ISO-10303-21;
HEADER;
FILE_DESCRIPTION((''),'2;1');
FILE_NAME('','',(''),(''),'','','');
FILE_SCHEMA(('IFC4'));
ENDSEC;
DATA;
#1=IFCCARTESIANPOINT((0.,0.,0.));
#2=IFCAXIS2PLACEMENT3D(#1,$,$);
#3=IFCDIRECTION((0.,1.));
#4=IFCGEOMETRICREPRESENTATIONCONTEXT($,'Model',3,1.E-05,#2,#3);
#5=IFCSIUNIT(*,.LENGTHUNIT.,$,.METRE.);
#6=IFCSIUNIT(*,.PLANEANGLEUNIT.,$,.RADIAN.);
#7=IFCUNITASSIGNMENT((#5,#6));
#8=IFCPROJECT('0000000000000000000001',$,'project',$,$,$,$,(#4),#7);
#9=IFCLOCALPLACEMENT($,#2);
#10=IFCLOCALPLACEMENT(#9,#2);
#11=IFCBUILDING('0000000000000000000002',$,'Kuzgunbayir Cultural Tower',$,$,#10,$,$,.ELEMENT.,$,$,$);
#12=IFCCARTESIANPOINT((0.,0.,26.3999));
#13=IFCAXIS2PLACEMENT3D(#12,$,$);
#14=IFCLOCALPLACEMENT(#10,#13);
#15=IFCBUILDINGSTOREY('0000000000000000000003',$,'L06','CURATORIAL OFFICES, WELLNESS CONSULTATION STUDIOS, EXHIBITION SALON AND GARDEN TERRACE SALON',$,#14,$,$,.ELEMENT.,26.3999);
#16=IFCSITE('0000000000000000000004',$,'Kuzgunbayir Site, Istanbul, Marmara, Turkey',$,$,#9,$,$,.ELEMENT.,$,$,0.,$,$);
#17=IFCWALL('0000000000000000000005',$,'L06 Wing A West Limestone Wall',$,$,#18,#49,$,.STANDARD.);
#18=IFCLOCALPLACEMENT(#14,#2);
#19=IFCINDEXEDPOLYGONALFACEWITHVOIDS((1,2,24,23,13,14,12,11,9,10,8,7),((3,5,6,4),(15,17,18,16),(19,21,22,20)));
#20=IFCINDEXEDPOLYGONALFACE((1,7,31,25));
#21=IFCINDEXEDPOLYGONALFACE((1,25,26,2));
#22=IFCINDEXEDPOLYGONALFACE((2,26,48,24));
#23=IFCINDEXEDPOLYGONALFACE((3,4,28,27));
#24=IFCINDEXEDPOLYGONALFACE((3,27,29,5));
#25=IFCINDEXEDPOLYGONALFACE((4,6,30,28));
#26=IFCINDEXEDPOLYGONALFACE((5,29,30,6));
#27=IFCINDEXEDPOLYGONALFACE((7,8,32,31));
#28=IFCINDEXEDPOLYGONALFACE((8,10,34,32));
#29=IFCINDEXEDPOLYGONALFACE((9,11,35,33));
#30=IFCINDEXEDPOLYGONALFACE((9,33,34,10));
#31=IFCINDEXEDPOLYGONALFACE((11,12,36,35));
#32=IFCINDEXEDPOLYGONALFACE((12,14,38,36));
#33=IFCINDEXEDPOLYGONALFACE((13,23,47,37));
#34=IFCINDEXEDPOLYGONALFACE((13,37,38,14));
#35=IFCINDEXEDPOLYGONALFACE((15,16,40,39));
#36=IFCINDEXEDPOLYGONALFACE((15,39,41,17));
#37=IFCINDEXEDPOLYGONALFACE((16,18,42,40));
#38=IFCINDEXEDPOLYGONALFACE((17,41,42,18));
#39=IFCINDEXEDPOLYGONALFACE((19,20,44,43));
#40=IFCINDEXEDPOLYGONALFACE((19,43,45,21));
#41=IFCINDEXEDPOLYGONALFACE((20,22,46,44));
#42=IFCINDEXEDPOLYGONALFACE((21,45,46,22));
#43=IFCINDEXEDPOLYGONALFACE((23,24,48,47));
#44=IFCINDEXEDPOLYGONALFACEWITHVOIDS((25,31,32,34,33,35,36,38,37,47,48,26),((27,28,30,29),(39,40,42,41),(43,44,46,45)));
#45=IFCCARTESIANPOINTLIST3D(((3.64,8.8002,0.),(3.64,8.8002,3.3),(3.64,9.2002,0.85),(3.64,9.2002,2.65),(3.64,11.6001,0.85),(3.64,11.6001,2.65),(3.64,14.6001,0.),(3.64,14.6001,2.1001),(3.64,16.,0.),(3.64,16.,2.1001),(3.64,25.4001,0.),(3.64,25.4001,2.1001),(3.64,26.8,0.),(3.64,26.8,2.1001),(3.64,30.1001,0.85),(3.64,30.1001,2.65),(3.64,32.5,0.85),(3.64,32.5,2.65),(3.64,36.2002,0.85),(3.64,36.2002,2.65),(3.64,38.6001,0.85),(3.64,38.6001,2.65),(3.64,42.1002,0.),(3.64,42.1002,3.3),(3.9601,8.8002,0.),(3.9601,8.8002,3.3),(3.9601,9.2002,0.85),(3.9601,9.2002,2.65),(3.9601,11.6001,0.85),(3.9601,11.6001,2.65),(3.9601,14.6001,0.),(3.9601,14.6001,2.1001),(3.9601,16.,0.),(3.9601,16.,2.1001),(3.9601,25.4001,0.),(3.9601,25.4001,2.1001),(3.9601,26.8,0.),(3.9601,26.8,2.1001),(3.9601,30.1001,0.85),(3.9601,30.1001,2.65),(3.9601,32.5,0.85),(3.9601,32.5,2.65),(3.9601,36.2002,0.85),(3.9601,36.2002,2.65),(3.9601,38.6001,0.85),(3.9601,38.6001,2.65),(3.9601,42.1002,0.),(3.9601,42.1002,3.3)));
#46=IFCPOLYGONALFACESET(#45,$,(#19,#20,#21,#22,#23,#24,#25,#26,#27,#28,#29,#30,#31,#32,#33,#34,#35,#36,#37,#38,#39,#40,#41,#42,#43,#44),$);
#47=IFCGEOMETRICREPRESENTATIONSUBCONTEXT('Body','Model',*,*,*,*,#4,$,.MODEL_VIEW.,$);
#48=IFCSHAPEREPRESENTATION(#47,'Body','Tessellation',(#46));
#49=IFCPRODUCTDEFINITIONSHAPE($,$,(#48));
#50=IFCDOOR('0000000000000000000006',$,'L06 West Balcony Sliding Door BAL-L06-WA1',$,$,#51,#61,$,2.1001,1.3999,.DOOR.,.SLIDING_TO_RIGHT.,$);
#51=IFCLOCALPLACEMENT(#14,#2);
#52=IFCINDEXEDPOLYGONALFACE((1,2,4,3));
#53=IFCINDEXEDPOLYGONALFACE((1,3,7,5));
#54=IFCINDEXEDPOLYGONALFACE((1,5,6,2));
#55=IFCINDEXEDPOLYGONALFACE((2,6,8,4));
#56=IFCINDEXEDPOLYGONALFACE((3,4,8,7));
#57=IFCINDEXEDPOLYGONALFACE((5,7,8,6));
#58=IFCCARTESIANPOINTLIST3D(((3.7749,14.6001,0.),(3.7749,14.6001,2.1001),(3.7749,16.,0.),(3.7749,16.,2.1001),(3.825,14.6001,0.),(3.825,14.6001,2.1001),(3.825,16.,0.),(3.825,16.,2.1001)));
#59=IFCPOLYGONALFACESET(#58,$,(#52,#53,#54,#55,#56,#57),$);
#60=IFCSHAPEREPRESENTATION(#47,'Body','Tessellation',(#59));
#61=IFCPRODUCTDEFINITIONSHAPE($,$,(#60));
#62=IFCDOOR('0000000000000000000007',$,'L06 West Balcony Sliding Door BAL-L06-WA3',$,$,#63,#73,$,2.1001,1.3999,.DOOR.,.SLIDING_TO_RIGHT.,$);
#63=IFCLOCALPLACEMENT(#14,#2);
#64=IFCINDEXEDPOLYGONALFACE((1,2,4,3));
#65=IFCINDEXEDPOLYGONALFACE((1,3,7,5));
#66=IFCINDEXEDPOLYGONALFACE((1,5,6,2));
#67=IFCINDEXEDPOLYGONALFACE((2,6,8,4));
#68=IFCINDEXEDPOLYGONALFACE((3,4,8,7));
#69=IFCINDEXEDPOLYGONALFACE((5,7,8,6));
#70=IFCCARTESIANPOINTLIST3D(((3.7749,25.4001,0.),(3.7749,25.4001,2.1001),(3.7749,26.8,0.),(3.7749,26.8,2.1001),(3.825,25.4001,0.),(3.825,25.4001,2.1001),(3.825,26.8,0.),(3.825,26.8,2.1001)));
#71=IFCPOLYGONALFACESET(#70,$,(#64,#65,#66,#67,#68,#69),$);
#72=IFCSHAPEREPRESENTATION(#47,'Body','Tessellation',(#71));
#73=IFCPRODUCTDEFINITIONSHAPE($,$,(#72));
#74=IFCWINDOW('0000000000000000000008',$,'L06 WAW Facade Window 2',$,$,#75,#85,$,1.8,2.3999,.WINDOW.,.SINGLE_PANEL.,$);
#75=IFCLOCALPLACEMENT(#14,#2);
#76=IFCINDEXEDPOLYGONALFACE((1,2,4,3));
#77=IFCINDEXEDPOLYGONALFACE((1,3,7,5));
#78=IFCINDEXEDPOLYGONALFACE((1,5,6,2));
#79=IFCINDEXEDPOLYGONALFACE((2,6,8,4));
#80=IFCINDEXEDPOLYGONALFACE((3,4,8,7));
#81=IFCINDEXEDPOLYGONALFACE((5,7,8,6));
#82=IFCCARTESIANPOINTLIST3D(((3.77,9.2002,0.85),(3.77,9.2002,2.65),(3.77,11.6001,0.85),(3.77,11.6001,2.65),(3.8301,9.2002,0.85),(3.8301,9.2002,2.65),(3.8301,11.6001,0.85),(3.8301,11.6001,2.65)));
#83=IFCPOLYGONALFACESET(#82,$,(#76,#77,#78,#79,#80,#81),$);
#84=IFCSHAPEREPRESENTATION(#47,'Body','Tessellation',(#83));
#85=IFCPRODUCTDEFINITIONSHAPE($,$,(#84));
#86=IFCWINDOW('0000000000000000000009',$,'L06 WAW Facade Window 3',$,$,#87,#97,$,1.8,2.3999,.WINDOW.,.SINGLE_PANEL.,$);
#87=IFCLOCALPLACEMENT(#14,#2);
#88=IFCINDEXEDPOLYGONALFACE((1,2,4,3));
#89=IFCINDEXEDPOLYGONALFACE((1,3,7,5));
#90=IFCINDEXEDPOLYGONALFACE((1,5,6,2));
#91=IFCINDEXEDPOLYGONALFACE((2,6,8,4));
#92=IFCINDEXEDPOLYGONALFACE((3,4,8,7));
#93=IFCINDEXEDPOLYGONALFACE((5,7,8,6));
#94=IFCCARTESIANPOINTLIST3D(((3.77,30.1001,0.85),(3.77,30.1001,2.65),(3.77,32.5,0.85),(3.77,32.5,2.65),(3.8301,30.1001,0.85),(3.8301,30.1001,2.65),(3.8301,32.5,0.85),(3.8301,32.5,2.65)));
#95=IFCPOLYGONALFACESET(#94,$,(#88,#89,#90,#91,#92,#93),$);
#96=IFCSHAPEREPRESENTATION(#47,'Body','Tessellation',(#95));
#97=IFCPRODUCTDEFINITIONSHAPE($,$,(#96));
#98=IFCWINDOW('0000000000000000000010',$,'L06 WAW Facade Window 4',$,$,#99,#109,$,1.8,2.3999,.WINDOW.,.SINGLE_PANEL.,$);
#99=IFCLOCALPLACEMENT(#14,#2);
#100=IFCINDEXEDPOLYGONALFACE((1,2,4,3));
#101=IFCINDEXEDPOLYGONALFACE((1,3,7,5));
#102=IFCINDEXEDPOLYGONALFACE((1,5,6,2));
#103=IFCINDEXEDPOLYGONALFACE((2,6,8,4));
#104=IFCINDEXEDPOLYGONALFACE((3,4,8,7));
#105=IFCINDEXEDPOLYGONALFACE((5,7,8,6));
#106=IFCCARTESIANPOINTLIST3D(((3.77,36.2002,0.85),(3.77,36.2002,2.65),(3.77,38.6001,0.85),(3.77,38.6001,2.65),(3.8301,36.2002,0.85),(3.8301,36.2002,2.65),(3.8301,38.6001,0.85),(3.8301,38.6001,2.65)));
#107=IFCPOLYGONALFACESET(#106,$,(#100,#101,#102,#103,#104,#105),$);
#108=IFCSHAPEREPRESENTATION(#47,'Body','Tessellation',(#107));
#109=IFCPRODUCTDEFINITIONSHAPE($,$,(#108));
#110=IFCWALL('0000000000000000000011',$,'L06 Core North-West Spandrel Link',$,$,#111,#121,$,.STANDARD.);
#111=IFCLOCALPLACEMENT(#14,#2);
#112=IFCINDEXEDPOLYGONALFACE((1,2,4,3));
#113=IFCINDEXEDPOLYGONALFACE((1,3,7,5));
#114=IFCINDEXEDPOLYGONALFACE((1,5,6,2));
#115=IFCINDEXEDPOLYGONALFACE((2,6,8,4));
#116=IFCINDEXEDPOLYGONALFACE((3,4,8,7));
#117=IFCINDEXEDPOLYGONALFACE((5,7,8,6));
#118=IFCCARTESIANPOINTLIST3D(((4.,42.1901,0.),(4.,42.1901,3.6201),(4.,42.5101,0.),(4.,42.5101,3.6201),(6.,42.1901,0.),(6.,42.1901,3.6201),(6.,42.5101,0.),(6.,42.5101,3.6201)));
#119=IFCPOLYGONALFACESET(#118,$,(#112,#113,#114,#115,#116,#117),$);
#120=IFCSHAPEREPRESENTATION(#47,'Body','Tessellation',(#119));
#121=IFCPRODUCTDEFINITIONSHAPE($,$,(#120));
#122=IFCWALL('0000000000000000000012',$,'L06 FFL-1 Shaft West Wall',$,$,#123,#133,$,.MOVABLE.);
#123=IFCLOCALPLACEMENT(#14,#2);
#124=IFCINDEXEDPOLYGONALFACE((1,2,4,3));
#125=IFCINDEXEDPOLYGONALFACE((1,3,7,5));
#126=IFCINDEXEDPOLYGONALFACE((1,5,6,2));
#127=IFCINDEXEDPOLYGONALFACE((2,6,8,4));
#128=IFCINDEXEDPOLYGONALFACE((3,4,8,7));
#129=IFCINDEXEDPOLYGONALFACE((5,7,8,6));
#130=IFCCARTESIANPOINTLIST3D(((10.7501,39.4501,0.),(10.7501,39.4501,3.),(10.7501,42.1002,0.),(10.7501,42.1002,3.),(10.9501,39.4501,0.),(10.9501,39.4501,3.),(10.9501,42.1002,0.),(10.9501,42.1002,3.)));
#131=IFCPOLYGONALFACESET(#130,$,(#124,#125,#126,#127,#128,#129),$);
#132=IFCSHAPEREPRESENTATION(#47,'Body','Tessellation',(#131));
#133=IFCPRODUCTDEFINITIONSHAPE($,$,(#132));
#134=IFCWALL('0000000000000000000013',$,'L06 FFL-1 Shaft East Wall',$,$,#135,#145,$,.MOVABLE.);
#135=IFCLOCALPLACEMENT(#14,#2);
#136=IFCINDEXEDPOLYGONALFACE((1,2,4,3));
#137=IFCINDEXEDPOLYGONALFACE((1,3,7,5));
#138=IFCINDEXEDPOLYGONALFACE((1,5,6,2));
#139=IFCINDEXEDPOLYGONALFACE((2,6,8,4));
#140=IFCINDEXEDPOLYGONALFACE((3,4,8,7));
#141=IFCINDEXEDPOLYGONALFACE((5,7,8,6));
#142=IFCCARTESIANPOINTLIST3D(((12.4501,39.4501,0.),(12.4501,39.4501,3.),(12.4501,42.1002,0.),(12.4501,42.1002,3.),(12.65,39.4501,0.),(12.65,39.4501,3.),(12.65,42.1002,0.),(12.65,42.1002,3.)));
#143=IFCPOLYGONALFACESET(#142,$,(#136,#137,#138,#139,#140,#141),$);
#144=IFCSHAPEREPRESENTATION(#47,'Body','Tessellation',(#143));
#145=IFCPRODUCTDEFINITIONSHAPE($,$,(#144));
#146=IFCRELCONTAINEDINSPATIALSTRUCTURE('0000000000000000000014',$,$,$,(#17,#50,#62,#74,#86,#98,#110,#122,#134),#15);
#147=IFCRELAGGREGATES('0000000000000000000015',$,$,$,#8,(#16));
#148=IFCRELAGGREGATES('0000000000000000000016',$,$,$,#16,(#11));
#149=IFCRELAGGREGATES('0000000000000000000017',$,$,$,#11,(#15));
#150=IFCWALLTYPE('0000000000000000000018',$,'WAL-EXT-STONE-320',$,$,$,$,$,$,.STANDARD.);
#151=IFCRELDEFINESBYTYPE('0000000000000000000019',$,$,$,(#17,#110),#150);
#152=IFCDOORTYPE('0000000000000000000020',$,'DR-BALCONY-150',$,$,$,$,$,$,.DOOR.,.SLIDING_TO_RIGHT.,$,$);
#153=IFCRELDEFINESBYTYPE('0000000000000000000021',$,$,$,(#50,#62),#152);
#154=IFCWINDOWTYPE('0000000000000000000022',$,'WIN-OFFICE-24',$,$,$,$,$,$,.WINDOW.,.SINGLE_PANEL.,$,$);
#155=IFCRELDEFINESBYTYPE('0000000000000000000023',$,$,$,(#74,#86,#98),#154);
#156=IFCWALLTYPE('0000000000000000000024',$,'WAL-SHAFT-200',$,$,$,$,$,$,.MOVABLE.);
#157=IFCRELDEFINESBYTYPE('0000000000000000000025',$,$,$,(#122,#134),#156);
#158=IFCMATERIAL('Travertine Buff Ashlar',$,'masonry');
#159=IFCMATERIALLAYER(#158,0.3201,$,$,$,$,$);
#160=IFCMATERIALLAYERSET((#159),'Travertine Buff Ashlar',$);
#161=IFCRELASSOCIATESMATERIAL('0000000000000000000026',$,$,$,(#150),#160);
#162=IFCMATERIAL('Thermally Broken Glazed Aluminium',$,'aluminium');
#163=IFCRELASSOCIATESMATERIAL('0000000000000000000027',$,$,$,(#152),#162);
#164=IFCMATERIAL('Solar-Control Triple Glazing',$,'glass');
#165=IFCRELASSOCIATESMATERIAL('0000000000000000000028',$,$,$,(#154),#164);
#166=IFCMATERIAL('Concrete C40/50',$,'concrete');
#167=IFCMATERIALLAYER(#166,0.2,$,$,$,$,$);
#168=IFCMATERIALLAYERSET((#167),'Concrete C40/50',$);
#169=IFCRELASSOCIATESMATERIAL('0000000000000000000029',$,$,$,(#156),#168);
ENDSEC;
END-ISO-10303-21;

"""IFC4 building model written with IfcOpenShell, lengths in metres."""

from ifc_helpers import new_model, si_unit, direction, frame, frame_2d, origin, place, context, subcontext, project, spatial, rectangle, extrude, material, layer, layer_set, type_object, element, fill, save


model = new_model("IFC4")

# Units and contexts
model_context = context("Model", 3, precision=1e-05, world=origin(), true_north=direction((0.0, 1.0)))
body_context = subcontext(model_context, "Body", "Model", "MODEL_VIEW")
ifc_project = project(units=[si_unit("LENGTHUNIT", "METRE"), si_unit("PLANEANGLEUNIT", "RADIAN")], contexts=[model_context])

# Site, building, storey
site_placement = place(None, origin())
site = spatial("IfcSite", under=ifc_project, at=site_placement, Name="Kuzgunbayir Site, Istanbul, Marmara, Turkey", CompositionType="ELEMENT", RefElevation=0.0)
building_placement = place(site_placement, origin())
building = spatial("IfcBuilding", under=site, at=building_placement, Name="Kuzgunbayir Cultural Tower", CompositionType="ELEMENT")
storey_placement = place(building_placement, frame((0.0, 0.0, 26.3999)))
storey = spatial("IfcBuildingStorey", under=building, at=storey_placement, Name="L06", Description="CURATORIAL OFFICES, WELLNESS CONSULTATION STUDIOS, EXHIBITION SALON AND GARDEN TERRACE SALON", CompositionType="ELEMENT", Elevation=26.3999)

# Wall, openings, doors, windows
ifc_material_1 = material(Name="Travertine Buff Ashlar", Category="masonry")
ifc_layer_1 = layer(ifc_material_1, 0.3201)
ifc_layer_set_1 = layer_set([ifc_layer_1], Name="Travertine Buff Ashlar")
wall_type_1 = type_object("IfcWallType", Name="WAL-EXT-STONE-320", PredefinedType="STANDARD", material=ifc_layer_set_1)
wall_1_placement = place(storey_placement, frame((3.8, 42.1001, 0.0), z_axis=(0.0, 0.0, 1.0), x_axis=(0.0, -1.0, 0.0)))
wall_1 = element("IfcWall", 1, at=wall_1_placement, inside=storey, type_object=wall_type_1, Name="L06 Wing A West Limestone Wall", PredefinedType="STANDARD", context=body_context, shape_type="SweptSolid", body=[
    extrude(rectangle(XDim=33.3, YDim=0.3201, at=frame_2d((16.6499, 0.0))), origin(), (0.0, 0.0, 1.0), 3.3),
])
opening_1_placement = place(wall_1_placement, frame((26.1001, 0.0, 0.0)))
opening_1 = element("IfcOpeningElement", 2, at=opening_1_placement, cuts=wall_1, PredefinedType="OPENING", context=body_context, shape_type="SweptSolid", body=[
    extrude(rectangle(XDim=1.3999, YDim=2.1001, at=frame_2d((0.7, 1.05))), frame((0.0, 0.1699, 0.0), z_axis=(0.0, -1.0, 0.0), x_axis=(1.0, 0.0, 0.0)), (0.0, 0.0, 1.0), 0.3401),
])
opening_2_placement = place(wall_1_placement, frame((15.3, 0.0, 0.0)))
opening_2 = element("IfcOpeningElement", 3, at=opening_2_placement, cuts=wall_1, PredefinedType="OPENING", context=body_context, shape_type="SweptSolid", body=[
    extrude(rectangle(XDim=1.3999, YDim=2.1001, at=frame_2d((0.7, 1.05))), frame((0.0, 0.1699, 0.0), z_axis=(0.0, -1.0, 0.0), x_axis=(1.0, 0.0, 0.0)), (0.0, 0.0, 1.0), 0.3401),
])
opening_3_placement = place(wall_1_placement, frame((30.5, 0.0, 0.8501)))
opening_3 = element("IfcOpeningElement", 4, at=opening_3_placement, cuts=wall_1, PredefinedType="OPENING", context=body_context, shape_type="SweptSolid", body=[
    extrude(rectangle(XDim=2.3999, YDim=1.8, at=frame_2d((1.2, 0.8999))), frame((0.0, 0.1699, 0.0), z_axis=(0.0, -1.0, 0.0), x_axis=(1.0, 0.0, 0.0)), (0.0, 0.0, 1.0), 0.3401),
])
opening_4_placement = place(wall_1_placement, frame((9.6001, 0.0, 0.8501)))
opening_4 = element("IfcOpeningElement", 5, at=opening_4_placement, cuts=wall_1, PredefinedType="OPENING", context=body_context, shape_type="SweptSolid", body=[
    extrude(rectangle(XDim=2.3999, YDim=1.8, at=frame_2d((1.2, 0.8999))), frame((0.0, 0.1699, 0.0), z_axis=(0.0, -1.0, 0.0), x_axis=(1.0, 0.0, 0.0)), (0.0, 0.0, 1.0), 0.3401),
])
opening_5_placement = place(wall_1_placement, frame((3.5, 0.0, 0.8501)))
opening_5 = element("IfcOpeningElement", 6, at=opening_5_placement, cuts=wall_1, PredefinedType="OPENING", context=body_context, shape_type="SweptSolid", body=[
    extrude(rectangle(XDim=2.3999, YDim=1.8, at=frame_2d((1.2, 0.8999))), frame((0.0, 0.1699, 0.0), z_axis=(0.0, -1.0, 0.0), x_axis=(1.0, 0.0, 0.0)), (0.0, 0.0, 1.0), 0.3401),
])
ifc_material_2 = material(Name="Thermally Broken Glazed Aluminium", Category="aluminium")
door_type_1 = type_object("IfcDoorType", Name="DR-BALCONY-150", OperationType="SLIDING_TO_RIGHT", PredefinedType="DOOR", material=ifc_material_2)
door_1_placement = place(opening_1_placement, origin())
door_1 = element("IfcDoor", 7, at=door_1_placement, inside=storey, type_object=door_type_1, Name="L06 West Balcony Sliding Door BAL-L06-WA1", OperationType="SLIDING_TO_RIGHT", OverallHeight=2.1001, OverallWidth=1.3999, PredefinedType="DOOR", context=body_context, shape_type="SweptSolid", body=[
    extrude(rectangle(XDim=1.3999, YDim=2.1001, at=frame_2d((0.7, 1.05))), frame((0.0, 0.0249, 0.0), z_axis=(0.0, -1.0, 0.0), x_axis=(1.0, 0.0, 0.0)), (0.0, 0.0, 1.0), 0.05),
])
fill(opening_1, door_1)
door_2_placement = place(opening_2_placement, origin())
door_2 = element("IfcDoor", 8, at=door_2_placement, inside=storey, type_object=door_type_1, Name="L06 West Balcony Sliding Door BAL-L06-WA3", OperationType="SLIDING_TO_RIGHT", OverallHeight=2.1001, OverallWidth=1.3999, PredefinedType="DOOR", context=body_context, shape_type="SweptSolid", body=[
    extrude(rectangle(XDim=1.3999, YDim=2.1001, at=frame_2d((0.7, 1.05))), frame((0.0, 0.0249, 0.0), z_axis=(0.0, -1.0, 0.0), x_axis=(1.0, 0.0, 0.0)), (0.0, 0.0, 1.0), 0.05),
])
fill(opening_2, door_2)
ifc_material_3 = material(Name="Solar-Control Triple Glazing", Category="glass")
window_type = type_object("IfcWindowType", Name="WIN-OFFICE-24", PartitioningType="SINGLE_PANEL", PredefinedType="WINDOW", material=ifc_material_3)
window_1_placement = place(opening_3_placement, origin())
window_1 = element("IfcWindow", 9, at=window_1_placement, inside=storey, type_object=window_type, Name="L06 WAW Facade Window 2", OverallHeight=1.8, OverallWidth=2.3999, PartitioningType="SINGLE_PANEL", PredefinedType="WINDOW", context=body_context, shape_type="SweptSolid", body=[
    extrude(rectangle(XDim=2.3999, YDim=1.8, at=frame_2d((1.2, 0.8999))), frame((0.0, 0.03, 0.0), z_axis=(0.0, -1.0, 0.0), x_axis=(1.0, 0.0, 0.0)), (0.0, 0.0, 1.0), 0.0601),
])
fill(opening_3, window_1)
window_2_placement = place(opening_4_placement, origin())
window_2 = element("IfcWindow", 10, at=window_2_placement, inside=storey, type_object=window_type, Name="L06 WAW Facade Window 3", OverallHeight=1.8, OverallWidth=2.3999, PartitioningType="SINGLE_PANEL", PredefinedType="WINDOW", context=body_context, shape_type="SweptSolid", body=[
    extrude(rectangle(XDim=2.3999, YDim=1.8, at=frame_2d((1.2, 0.8999))), frame((0.0, 0.03, 0.0), z_axis=(0.0, -1.0, 0.0), x_axis=(1.0, 0.0, 0.0)), (0.0, 0.0, 1.0), 0.0601),
])
fill(opening_4, window_2)
window_3_placement = place(opening_5_placement, origin())
window_3 = element("IfcWindow", 11, at=window_3_placement, inside=storey, type_object=window_type, Name="L06 WAW Facade Window 4", OverallHeight=1.8, OverallWidth=2.3999, PartitioningType="SINGLE_PANEL", PredefinedType="WINDOW", context=body_context, shape_type="SweptSolid", body=[
    extrude(rectangle(XDim=2.3999, YDim=1.8, at=frame_2d((1.2, 0.8999))), frame((0.0, 0.03, 0.0), z_axis=(0.0, -1.0, 0.0), x_axis=(1.0, 0.0, 0.0)), (0.0, 0.0, 1.0), 0.0601),
])
fill(opening_5, window_3)

# Wall
wall_2_placement = place(storey_placement, frame((6.0, 42.3501, 0.0), z_axis=(0.0, 0.0, 1.0), x_axis=(-1.0, 0.0, 0.0)))
element("IfcWall", 12, at=wall_2_placement, inside=storey, type_object=wall_type_1, Name="L06 Core North-West Spandrel Link", PredefinedType="STANDARD", context=body_context, shape_type="SweptSolid", body=[
    extrude(rectangle(XDim=2.0, YDim=0.3201, at=frame_2d((1.0, 0.0))), origin(), (0.0, 0.0, 1.0), 3.6201),
])

# Shared definitions
ifc_material_4 = material(Name="Concrete C40/50", Category="concrete")
ifc_layer_2 = layer(ifc_material_4, 0.2)
ifc_layer_set_2 = layer_set([ifc_layer_2], Name="Concrete C40/50")
wall_type_2 = type_object("IfcWallType", Name="WAL-SHAFT-200", PredefinedType="MOVABLE", material=ifc_layer_set_2)

# Walls
for number, where, z_axis, x_axis, name in (
    (13, (10.8501, 39.45, 0.0), (0.0, 0.0, 1.0), (0.0, 1.0, 0.0), "L06 FFL-1 Shaft West Wall"),
    (14, (12.55, 39.45, 0.0), (0.0, 0.0, 1.0), (0.0, 1.0, 0.0), "L06 FFL-1 Shaft East Wall"),
):
    element("IfcWall", number, at=place(storey_placement, frame(where, z_axis=z_axis, x_axis=x_axis)), inside=storey, type_object=wall_type_2, Name=name, PredefinedType="MOVABLE", context=body_context, shape_type="SweptSolid", body=[
        extrude(rectangle(XDim=2.6501, YDim=0.2, at=frame_2d((1.3252, 0.0))), origin(), (0.0, 0.0, 1.0), 3.0),
    ])

save(model, "model.ifc")
